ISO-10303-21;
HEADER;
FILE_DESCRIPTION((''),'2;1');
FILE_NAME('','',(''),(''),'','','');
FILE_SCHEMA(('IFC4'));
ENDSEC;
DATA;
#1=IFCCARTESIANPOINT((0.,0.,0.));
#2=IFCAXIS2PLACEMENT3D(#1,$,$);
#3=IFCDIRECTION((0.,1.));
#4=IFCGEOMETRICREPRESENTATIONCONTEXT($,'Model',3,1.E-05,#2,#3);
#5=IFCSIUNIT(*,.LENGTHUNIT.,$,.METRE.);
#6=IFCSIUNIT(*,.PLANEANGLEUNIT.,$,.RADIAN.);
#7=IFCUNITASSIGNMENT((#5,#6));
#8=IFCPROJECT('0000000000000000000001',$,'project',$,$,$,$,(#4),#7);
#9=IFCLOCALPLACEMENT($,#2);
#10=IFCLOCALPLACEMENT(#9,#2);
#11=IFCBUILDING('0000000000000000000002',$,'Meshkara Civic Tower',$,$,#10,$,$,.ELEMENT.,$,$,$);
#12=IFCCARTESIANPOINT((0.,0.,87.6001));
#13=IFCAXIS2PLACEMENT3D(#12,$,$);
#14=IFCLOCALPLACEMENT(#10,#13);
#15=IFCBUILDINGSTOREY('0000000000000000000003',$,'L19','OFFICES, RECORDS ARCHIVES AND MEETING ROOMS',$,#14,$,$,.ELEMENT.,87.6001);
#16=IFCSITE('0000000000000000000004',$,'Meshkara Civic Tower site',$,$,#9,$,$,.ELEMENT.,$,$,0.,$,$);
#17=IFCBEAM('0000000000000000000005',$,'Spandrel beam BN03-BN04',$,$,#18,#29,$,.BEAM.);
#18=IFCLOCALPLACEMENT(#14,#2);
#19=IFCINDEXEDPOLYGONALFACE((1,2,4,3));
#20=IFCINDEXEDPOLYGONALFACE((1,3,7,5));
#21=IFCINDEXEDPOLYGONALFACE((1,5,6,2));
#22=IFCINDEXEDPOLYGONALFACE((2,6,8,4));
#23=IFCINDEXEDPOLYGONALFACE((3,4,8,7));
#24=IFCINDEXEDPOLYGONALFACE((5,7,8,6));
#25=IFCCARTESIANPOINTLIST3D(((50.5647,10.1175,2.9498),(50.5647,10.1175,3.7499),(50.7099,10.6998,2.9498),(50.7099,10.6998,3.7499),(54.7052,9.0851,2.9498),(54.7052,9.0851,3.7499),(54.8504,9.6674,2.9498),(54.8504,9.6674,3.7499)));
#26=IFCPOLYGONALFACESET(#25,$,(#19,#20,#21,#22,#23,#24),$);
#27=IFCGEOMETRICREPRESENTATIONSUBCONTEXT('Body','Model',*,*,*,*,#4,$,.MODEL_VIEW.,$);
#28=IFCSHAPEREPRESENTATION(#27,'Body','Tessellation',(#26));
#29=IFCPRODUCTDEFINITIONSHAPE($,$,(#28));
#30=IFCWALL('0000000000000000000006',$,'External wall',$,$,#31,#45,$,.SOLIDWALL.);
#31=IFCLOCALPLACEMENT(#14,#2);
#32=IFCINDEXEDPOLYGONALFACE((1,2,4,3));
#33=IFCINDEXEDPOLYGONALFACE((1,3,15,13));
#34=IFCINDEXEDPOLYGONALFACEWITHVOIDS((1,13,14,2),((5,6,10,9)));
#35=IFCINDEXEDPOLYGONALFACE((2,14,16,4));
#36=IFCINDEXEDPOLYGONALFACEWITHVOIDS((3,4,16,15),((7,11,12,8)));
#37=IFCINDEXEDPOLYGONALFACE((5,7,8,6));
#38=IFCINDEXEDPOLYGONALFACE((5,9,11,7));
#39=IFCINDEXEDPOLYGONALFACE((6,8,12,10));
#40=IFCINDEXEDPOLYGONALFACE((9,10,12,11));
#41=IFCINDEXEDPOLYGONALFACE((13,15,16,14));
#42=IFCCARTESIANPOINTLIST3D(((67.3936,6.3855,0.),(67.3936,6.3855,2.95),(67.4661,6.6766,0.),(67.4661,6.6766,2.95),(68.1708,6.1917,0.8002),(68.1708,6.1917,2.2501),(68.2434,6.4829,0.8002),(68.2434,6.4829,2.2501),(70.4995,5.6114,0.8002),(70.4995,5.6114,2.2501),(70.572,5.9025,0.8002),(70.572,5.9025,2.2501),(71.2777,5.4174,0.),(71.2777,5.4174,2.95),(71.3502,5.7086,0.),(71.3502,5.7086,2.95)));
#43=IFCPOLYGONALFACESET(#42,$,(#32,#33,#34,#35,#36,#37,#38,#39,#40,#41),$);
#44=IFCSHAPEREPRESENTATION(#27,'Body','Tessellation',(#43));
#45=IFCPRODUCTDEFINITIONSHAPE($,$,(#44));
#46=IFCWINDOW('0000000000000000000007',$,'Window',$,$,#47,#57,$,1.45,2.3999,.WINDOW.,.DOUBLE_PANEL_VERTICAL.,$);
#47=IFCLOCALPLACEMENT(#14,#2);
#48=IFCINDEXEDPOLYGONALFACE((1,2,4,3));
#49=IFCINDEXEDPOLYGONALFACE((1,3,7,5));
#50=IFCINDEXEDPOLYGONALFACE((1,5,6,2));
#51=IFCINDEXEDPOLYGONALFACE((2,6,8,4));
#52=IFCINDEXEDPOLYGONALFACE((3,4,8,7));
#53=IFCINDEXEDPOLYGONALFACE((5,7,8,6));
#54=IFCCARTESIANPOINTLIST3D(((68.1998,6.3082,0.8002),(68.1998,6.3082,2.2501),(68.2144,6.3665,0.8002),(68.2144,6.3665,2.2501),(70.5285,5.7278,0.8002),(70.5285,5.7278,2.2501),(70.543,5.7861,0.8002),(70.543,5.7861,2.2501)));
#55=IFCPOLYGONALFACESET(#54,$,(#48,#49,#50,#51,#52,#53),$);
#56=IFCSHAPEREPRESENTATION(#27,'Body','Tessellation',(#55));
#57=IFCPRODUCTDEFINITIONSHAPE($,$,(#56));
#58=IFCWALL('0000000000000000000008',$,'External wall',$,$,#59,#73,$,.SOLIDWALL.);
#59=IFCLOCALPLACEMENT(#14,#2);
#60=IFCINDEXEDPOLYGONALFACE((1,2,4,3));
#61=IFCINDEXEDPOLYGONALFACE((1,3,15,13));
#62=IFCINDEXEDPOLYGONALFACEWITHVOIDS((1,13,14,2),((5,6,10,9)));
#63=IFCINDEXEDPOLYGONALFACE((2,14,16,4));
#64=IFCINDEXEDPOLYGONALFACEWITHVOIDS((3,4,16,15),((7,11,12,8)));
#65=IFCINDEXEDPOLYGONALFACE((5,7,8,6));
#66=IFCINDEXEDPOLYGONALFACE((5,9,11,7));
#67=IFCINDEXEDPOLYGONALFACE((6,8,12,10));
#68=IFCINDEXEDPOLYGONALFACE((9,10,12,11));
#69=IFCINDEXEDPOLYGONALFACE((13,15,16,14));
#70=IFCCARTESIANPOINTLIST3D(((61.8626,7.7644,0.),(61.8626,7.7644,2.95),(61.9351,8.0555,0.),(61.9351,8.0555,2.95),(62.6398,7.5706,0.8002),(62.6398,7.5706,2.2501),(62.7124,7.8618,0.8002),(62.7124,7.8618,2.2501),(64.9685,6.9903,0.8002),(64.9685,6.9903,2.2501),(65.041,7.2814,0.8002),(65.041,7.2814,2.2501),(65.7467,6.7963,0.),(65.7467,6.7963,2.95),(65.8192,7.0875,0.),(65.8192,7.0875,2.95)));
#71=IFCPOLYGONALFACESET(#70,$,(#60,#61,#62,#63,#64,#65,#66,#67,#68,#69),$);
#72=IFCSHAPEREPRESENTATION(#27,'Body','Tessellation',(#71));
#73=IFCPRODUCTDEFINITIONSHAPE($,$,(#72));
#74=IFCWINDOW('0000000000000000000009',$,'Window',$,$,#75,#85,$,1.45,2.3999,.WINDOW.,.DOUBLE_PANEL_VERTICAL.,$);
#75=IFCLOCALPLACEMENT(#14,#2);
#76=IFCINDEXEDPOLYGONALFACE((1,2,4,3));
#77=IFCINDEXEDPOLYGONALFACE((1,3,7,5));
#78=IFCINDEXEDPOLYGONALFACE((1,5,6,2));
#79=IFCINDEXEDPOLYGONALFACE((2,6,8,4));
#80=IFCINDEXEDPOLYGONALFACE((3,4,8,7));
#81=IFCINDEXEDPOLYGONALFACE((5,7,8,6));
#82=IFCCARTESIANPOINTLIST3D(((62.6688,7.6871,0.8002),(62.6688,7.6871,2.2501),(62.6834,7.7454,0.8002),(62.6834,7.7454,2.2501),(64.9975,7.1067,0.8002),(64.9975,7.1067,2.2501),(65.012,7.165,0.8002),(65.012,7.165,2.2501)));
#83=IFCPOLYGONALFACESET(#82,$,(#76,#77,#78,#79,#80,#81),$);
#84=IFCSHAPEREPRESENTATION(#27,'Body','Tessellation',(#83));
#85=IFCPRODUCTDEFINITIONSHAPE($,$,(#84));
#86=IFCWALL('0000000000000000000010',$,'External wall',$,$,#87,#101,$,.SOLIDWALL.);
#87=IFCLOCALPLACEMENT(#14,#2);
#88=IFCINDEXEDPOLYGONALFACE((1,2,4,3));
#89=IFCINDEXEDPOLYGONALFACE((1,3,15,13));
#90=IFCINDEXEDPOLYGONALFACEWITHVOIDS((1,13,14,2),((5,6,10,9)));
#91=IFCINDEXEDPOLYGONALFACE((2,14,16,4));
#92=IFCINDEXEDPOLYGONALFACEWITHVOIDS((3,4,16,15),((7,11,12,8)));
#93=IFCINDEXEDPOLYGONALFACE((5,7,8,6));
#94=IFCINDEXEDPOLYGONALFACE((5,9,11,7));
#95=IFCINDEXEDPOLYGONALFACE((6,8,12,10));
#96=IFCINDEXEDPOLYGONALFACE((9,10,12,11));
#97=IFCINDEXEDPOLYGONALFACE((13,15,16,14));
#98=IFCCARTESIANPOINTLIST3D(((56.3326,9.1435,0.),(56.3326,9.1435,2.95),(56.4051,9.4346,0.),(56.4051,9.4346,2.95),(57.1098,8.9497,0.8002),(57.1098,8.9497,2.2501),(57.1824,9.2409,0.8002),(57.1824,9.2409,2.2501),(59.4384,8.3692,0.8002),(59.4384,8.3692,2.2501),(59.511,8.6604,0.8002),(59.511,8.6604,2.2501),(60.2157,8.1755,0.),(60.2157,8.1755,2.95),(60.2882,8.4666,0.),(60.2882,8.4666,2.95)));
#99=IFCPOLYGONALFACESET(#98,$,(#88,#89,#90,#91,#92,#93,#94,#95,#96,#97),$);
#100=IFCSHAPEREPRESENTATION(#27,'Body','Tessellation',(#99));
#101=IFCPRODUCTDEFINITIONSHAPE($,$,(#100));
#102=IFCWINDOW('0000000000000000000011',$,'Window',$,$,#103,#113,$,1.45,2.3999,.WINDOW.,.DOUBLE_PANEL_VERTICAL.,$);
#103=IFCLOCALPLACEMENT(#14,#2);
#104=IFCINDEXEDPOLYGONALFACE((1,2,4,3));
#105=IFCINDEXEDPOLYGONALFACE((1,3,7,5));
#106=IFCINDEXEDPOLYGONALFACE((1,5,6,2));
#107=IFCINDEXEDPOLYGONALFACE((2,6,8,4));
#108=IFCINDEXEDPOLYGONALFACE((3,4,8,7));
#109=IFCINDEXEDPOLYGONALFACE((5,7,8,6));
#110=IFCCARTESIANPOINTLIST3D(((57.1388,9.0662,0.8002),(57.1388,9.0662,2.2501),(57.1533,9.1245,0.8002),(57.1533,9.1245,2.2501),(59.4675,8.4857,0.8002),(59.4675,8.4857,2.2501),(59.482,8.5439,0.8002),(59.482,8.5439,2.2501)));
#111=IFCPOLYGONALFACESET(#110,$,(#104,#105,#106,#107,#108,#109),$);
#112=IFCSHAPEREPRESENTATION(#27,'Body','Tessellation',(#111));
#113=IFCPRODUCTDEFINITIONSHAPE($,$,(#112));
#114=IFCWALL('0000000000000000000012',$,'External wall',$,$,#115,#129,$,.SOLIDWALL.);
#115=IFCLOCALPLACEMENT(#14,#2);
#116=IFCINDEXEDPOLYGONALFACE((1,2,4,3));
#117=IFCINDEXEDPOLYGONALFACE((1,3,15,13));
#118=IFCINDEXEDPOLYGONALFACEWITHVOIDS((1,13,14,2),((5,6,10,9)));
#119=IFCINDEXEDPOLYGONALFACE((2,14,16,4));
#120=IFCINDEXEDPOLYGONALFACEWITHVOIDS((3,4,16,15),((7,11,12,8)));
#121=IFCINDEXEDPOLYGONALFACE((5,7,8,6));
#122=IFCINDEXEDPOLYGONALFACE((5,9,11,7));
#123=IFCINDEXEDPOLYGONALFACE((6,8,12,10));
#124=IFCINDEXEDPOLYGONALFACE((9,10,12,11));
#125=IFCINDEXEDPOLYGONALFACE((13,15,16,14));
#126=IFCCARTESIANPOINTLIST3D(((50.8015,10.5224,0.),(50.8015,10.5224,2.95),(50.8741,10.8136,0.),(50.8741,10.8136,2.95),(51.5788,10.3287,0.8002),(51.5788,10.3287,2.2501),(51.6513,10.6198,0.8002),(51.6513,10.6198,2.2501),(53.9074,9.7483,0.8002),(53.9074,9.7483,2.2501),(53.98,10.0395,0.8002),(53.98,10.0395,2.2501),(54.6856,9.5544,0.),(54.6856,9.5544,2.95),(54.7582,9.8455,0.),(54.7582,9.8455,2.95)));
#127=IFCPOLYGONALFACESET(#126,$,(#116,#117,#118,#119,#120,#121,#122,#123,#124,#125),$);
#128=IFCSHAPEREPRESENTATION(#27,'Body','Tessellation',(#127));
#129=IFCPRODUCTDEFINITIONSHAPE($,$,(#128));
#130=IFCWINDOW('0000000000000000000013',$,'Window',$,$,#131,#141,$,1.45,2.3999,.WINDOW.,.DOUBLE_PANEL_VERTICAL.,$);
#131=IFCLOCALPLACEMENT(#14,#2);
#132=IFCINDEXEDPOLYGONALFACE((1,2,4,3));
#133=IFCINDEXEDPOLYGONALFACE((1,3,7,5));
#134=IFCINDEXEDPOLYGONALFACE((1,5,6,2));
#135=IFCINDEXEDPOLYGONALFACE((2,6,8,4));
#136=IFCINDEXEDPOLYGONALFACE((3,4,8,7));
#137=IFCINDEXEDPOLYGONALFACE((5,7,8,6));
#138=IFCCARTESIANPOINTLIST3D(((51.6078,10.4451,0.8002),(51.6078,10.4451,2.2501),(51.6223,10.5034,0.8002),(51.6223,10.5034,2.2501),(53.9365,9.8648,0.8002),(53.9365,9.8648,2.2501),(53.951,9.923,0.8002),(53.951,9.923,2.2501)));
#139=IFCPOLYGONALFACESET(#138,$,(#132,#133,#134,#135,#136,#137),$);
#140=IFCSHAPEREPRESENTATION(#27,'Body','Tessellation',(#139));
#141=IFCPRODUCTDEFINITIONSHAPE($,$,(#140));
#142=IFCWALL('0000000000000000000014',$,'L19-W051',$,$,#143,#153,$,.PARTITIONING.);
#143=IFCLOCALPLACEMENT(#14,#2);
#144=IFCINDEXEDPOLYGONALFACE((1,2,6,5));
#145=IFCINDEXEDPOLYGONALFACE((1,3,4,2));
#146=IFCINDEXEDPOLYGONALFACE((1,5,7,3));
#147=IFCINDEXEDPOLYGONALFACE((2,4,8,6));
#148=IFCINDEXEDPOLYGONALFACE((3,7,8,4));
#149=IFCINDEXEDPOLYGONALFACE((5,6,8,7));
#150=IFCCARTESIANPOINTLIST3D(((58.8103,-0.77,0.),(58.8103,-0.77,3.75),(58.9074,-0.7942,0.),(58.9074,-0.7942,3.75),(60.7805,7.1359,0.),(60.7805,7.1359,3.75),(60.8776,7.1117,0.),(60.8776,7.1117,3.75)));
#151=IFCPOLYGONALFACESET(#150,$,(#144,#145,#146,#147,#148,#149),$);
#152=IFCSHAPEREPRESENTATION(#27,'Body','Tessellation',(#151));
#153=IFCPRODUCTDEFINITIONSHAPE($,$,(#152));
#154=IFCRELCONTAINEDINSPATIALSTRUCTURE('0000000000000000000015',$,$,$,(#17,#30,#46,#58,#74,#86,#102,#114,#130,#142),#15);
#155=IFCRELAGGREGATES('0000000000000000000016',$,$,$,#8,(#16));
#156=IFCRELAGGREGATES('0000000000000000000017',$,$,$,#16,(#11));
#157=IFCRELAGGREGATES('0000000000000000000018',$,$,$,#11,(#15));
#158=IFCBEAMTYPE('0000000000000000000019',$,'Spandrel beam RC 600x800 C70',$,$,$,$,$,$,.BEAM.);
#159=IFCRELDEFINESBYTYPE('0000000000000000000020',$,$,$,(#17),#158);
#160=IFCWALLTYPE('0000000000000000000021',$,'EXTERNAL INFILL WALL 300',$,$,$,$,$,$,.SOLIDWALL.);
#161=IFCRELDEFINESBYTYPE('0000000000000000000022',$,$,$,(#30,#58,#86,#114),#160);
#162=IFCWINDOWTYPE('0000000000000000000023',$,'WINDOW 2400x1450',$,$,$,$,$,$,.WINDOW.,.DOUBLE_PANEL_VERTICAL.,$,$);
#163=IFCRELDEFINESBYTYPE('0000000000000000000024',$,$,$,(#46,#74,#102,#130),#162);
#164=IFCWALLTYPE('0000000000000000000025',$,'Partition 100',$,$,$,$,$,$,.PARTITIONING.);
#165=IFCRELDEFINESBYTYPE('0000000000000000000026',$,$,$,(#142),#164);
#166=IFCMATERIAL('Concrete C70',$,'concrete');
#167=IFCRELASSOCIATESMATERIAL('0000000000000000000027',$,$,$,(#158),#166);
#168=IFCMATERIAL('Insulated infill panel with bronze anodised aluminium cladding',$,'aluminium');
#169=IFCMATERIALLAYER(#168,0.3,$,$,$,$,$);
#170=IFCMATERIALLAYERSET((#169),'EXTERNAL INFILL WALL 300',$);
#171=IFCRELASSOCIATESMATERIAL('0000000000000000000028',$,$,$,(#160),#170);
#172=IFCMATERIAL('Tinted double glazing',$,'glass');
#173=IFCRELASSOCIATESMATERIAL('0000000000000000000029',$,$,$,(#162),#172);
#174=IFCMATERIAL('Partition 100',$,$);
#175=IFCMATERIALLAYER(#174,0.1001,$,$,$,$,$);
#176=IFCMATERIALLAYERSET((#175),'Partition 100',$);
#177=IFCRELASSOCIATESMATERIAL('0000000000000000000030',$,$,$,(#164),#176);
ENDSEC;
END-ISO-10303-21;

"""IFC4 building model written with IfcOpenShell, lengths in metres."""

from ifc_helpers import new_model, si_unit, direction, frame, frame_2d, origin, origin_2d, place, context, subcontext, project, spatial, rectangle, extrude, material, layer, layer_set, material_profile, profile_set, type_object, element, fill, save


model = new_model("IFC4")

# Units and contexts
model_context = context("Model", 3, precision=1e-05, world=origin(), true_north=direction((0.0, 1.0)))
body_context = subcontext(model_context, "Body", "Model", "MODEL_VIEW")
ifc_project = project(units=[si_unit("LENGTHUNIT", "METRE"), si_unit("PLANEANGLEUNIT", "RADIAN")], contexts=[model_context])

# Site, building, storey
site_placement = place(None, origin())
site = spatial("IfcSite", under=ifc_project, at=site_placement, Name="Meshkara Civic Tower site", CompositionType="ELEMENT", RefElevation=0.0)
building_placement = place(site_placement, origin())
building = spatial("IfcBuilding", under=site, at=building_placement, Name="Meshkara Civic Tower", CompositionType="ELEMENT")
storey_placement = place(building_placement, frame((0.0, 0.0, 87.6001)))
storey = spatial("IfcBuildingStorey", under=building, at=storey_placement, Name="L19", Description="OFFICES, RECORDS ARCHIVES AND MEETING ROOMS", CompositionType="ELEMENT", Elevation=87.6001)

# Beam
ifc_material_1 = material(Name="Concrete C70", Category="concrete")
ifc_material_profile_1 = material_profile(ifc_material_1, rectangle(XDim=0.6001, YDim=0.8, at=origin_2d()))
ifc_profile_set_1 = profile_set([ifc_material_profile_1], Name="Concrete C70")
beam_type_1 = type_object("IfcBeamType", Name="Spandrel beam RC 600x800 C70", PredefinedType="BEAM", material=ifc_profile_set_1)
beam_1_placement = place(storey_placement, frame((54.7778, 9.3762, 3.3499), z_axis=(-0.97029, 0.241943, 0.0), x_axis=(-0.241943, -0.97029, 0.0)))
element("IfcBeam", 1, at=beam_1_placement, inside=storey, type_object=beam_type_1, Name="Spandrel beam BN03-BN04", PredefinedType="BEAM", context=body_context, shape_type="SweptSolid", body=[
    extrude(rectangle(XDim=0.6001, YDim=0.8, at=origin_2d()), origin(), (0.0, 0.0, 1.0), 4.2673),
])

# Walls, openings, windows
ifc_material_2 = material(Name="Insulated infill panel with bronze anodised aluminium cladding", Category="aluminium")
ifc_layer_1 = layer(ifc_material_2, 0.3)
ifc_layer_set_1 = layer_set([ifc_layer_1], Name="EXTERNAL INFILL WALL 300")
wall_type_1 = type_object("IfcWallType", Name="EXTERNAL INFILL WALL 300", PredefinedType="SOLIDWALL", material=ifc_layer_set_1)
wall_1_placement = place(storey_placement, frame((71.314, 5.563, 0.0), z_axis=(0.0, 0.0, 1.0), x_axis=(-0.970318, 0.241832, 0.0)))
wall_1 = element("IfcWall", 2, at=wall_1_placement, inside=storey, type_object=wall_type_1, Name="External wall", PredefinedType="SOLIDWALL", context=body_context, shape_type="SweptSolid", body=[
    extrude(rectangle(XDim=4.0029, YDim=0.3, at=frame_2d((2.0015, 0.0))), origin(), (0.0, 0.0, 1.0), 2.95),
])
opening_1_placement = place(wall_1_placement, frame((0.802, 0.0, 0.8)))
opening_1 = element("IfcOpeningElement", 3, at=opening_1_placement, cuts=wall_1, PredefinedType="OPENING", context=body_context, shape_type="SweptSolid", body=[
    extrude(rectangle(XDim=2.3999, YDim=1.45, at=frame_2d((1.2, 0.7251))), frame((0.0, 0.1599, 0.0), z_axis=(0.0, -1.0, 0.0), x_axis=(1.0, 0.0, 0.0)), (0.0, 0.0, 1.0), 0.3201),
])
ifc_material_3 = material(Name="Tinted double glazing", Category="glass")
window_type = type_object("IfcWindowType", Name="WINDOW 2400x1450", PartitioningType="DOUBLE_PANEL_VERTICAL", PredefinedType="WINDOW", material=ifc_material_3)
window_1_placement = place(opening_1_placement, origin())
window_1 = element("IfcWindow", 4, at=window_1_placement, inside=storey, type_object=window_type, Name="Window", OverallHeight=1.45, OverallWidth=2.3999, PartitioningType="DOUBLE_PANEL_VERTICAL", PredefinedType="WINDOW", context=body_context, shape_type="SweptSolid", body=[
    extrude(rectangle(XDim=2.3999, YDim=1.45, at=frame_2d((1.2, 0.7251))), frame((0.0, 0.03, 0.0), z_axis=(0.0, -1.0, 0.0), x_axis=(1.0, 0.0, 0.0)), (0.0, 0.0, 1.0), 0.0601),
])
fill(opening_1, window_1)
wall_2_placement = place(storey_placement, frame((65.783, 6.9419, 0.0), z_axis=(0.0, 0.0, 1.0), x_axis=(-0.970318, 0.241832, 0.0)))
wall_2 = element("IfcWall", 5, at=wall_2_placement, inside=storey, type_object=wall_type_1, Name="External wall", PredefinedType="SOLIDWALL", context=body_context, shape_type="SweptSolid", body=[
    extrude(rectangle(XDim=4.0029, YDim=0.3, at=frame_2d((2.0015, 0.0))), origin(), (0.0, 0.0, 1.0), 2.95),
])
opening_2_placement = place(wall_2_placement, frame((0.802, 0.0, 0.8)))
opening_2 = element("IfcOpeningElement", 6, at=opening_2_placement, cuts=wall_2, PredefinedType="OPENING", context=body_context, shape_type="SweptSolid", body=[
    extrude(rectangle(XDim=2.3999, YDim=1.45, at=frame_2d((1.2, 0.7251))), frame((0.0, 0.1599, 0.0), z_axis=(0.0, -1.0, 0.0), x_axis=(1.0, 0.0, 0.0)), (0.0, 0.0, 1.0), 0.3201),
])
window_2_placement = place(opening_2_placement, origin())
window_2 = element("IfcWindow", 7, at=window_2_placement, inside=storey, type_object=window_type, Name="Window", OverallHeight=1.45, OverallWidth=2.3999, PartitioningType="DOUBLE_PANEL_VERTICAL", PredefinedType="WINDOW", context=body_context, shape_type="SweptSolid", body=[
    extrude(rectangle(XDim=2.3999, YDim=1.45, at=frame_2d((1.2, 0.7251))), frame((0.0, 0.03, 0.0), z_axis=(0.0, -1.0, 0.0), x_axis=(1.0, 0.0, 0.0)), (0.0, 0.0, 1.0), 0.0601),
])
fill(opening_2, window_2)
wall_3_placement = place(storey_placement, frame((60.252, 8.321, 0.0), z_axis=(0.0, 0.0, 1.0), x_axis=(-0.970304, 0.24189, 0.0)))
wall_3 = element("IfcWall", 8, at=wall_3_placement, inside=storey, type_object=wall_type_1, Name="External wall", PredefinedType="SOLIDWALL", context=body_context, shape_type="SweptSolid", body=[
    extrude(rectangle(XDim=4.002, YDim=0.3, at=frame_2d((2.001, 0.0))), origin(), (0.0, 0.0, 1.0), 2.95),
])
opening_3_placement = place(wall_3_placement, frame((0.801, 0.0, 0.8)))
opening_3 = element("IfcOpeningElement", 9, at=opening_3_placement, cuts=wall_3, PredefinedType="OPENING", context=body_context, shape_type="SweptSolid", body=[
    extrude(rectangle(XDim=2.3999, YDim=1.45, at=frame_2d((1.2, 0.7251))), frame((0.0, 0.1599, 0.0), z_axis=(0.0, -1.0, 0.0), x_axis=(1.0, 0.0, 0.0)), (0.0, 0.0, 1.0), 0.3201),
])
window_3_placement = place(opening_3_placement, origin())
window_3 = element("IfcWindow", 10, at=window_3_placement, inside=storey, type_object=window_type, Name="Window", OverallHeight=1.45, OverallWidth=2.3999, PartitioningType="DOUBLE_PANEL_VERTICAL", PredefinedType="WINDOW", context=body_context, shape_type="SweptSolid", body=[
    extrude(rectangle(XDim=2.3999, YDim=1.45, at=frame_2d((1.2, 0.7251))), frame((0.0, 0.03, 0.0), z_axis=(0.0, -1.0, 0.0), x_axis=(1.0, 0.0, 0.0)), (0.0, 0.0, 1.0), 0.0601),
])
fill(opening_3, window_3)
wall_4_placement = place(storey_placement, frame((54.7219, 9.7, 0.0), z_axis=(0.0, 0.0, 1.0), x_axis=(-0.970318, 0.241832, 0.0)))
wall_4 = element("IfcWall", 11, at=wall_4_placement, inside=storey, type_object=wall_type_1, Name="External wall", PredefinedType="SOLIDWALL", context=body_context, shape_type="SweptSolid", body=[
    extrude(rectangle(XDim=4.0029, YDim=0.3, at=frame_2d((2.0015, 0.0))), origin(), (0.0, 0.0, 1.0), 2.95),
])
opening_4_placement = place(wall_4_placement, frame((0.802, 0.0, 0.8)))
opening_4 = element("IfcOpeningElement", 12, at=opening_4_placement, cuts=wall_4, PredefinedType="OPENING", context=body_context, shape_type="SweptSolid", body=[
    extrude(rectangle(XDim=2.3999, YDim=1.45, at=frame_2d((1.2, 0.7251))), frame((0.0, 0.1599, 0.0), z_axis=(0.0, -1.0, 0.0), x_axis=(1.0, 0.0, 0.0)), (0.0, 0.0, 1.0), 0.3201),
])
window_4_placement = place(opening_4_placement, origin())
window_4 = element("IfcWindow", 13, at=window_4_placement, inside=storey, type_object=window_type, Name="Window", OverallHeight=1.45, OverallWidth=2.3999, PartitioningType="DOUBLE_PANEL_VERTICAL", PredefinedType="WINDOW", context=body_context, shape_type="SweptSolid", body=[
    extrude(rectangle(XDim=2.3999, YDim=1.45, at=frame_2d((1.2, 0.7251))), frame((0.0, 0.03, 0.0), z_axis=(0.0, -1.0, 0.0), x_axis=(1.0, 0.0, 0.0)), (0.0, 0.0, 1.0), 0.0601),
])
fill(opening_4, window_4)

# Wall
ifc_material_4 = material(Name="Partition 100")
ifc_layer_2 = layer(ifc_material_4, 0.1001)
ifc_layer_set_2 = layer_set([ifc_layer_2], Name="Partition 100")
wall_type_2 = type_object("IfcWallType", Name="Partition 100", PredefinedType="PARTITIONING", material=ifc_layer_set_2)
wall_5_placement = place(storey_placement, frame((58.8589, -0.782, 0.0), z_axis=(0.0, 0.0, 1.0), x_axis=(0.241809, 0.970324, 0.0)))
element("IfcWall", 14, at=wall_5_placement, inside=storey, type_object=wall_type_2, Name="L19-W051", PredefinedType="PARTITIONING", context=body_context, shape_type="SweptSolid", body=[
    extrude(rectangle(XDim=8.1477, YDim=0.1001, at=frame_2d((4.0737, 0.0))), origin(), (0.0, 0.0, 1.0), 3.75),
])

save(model, "model.ifc")
